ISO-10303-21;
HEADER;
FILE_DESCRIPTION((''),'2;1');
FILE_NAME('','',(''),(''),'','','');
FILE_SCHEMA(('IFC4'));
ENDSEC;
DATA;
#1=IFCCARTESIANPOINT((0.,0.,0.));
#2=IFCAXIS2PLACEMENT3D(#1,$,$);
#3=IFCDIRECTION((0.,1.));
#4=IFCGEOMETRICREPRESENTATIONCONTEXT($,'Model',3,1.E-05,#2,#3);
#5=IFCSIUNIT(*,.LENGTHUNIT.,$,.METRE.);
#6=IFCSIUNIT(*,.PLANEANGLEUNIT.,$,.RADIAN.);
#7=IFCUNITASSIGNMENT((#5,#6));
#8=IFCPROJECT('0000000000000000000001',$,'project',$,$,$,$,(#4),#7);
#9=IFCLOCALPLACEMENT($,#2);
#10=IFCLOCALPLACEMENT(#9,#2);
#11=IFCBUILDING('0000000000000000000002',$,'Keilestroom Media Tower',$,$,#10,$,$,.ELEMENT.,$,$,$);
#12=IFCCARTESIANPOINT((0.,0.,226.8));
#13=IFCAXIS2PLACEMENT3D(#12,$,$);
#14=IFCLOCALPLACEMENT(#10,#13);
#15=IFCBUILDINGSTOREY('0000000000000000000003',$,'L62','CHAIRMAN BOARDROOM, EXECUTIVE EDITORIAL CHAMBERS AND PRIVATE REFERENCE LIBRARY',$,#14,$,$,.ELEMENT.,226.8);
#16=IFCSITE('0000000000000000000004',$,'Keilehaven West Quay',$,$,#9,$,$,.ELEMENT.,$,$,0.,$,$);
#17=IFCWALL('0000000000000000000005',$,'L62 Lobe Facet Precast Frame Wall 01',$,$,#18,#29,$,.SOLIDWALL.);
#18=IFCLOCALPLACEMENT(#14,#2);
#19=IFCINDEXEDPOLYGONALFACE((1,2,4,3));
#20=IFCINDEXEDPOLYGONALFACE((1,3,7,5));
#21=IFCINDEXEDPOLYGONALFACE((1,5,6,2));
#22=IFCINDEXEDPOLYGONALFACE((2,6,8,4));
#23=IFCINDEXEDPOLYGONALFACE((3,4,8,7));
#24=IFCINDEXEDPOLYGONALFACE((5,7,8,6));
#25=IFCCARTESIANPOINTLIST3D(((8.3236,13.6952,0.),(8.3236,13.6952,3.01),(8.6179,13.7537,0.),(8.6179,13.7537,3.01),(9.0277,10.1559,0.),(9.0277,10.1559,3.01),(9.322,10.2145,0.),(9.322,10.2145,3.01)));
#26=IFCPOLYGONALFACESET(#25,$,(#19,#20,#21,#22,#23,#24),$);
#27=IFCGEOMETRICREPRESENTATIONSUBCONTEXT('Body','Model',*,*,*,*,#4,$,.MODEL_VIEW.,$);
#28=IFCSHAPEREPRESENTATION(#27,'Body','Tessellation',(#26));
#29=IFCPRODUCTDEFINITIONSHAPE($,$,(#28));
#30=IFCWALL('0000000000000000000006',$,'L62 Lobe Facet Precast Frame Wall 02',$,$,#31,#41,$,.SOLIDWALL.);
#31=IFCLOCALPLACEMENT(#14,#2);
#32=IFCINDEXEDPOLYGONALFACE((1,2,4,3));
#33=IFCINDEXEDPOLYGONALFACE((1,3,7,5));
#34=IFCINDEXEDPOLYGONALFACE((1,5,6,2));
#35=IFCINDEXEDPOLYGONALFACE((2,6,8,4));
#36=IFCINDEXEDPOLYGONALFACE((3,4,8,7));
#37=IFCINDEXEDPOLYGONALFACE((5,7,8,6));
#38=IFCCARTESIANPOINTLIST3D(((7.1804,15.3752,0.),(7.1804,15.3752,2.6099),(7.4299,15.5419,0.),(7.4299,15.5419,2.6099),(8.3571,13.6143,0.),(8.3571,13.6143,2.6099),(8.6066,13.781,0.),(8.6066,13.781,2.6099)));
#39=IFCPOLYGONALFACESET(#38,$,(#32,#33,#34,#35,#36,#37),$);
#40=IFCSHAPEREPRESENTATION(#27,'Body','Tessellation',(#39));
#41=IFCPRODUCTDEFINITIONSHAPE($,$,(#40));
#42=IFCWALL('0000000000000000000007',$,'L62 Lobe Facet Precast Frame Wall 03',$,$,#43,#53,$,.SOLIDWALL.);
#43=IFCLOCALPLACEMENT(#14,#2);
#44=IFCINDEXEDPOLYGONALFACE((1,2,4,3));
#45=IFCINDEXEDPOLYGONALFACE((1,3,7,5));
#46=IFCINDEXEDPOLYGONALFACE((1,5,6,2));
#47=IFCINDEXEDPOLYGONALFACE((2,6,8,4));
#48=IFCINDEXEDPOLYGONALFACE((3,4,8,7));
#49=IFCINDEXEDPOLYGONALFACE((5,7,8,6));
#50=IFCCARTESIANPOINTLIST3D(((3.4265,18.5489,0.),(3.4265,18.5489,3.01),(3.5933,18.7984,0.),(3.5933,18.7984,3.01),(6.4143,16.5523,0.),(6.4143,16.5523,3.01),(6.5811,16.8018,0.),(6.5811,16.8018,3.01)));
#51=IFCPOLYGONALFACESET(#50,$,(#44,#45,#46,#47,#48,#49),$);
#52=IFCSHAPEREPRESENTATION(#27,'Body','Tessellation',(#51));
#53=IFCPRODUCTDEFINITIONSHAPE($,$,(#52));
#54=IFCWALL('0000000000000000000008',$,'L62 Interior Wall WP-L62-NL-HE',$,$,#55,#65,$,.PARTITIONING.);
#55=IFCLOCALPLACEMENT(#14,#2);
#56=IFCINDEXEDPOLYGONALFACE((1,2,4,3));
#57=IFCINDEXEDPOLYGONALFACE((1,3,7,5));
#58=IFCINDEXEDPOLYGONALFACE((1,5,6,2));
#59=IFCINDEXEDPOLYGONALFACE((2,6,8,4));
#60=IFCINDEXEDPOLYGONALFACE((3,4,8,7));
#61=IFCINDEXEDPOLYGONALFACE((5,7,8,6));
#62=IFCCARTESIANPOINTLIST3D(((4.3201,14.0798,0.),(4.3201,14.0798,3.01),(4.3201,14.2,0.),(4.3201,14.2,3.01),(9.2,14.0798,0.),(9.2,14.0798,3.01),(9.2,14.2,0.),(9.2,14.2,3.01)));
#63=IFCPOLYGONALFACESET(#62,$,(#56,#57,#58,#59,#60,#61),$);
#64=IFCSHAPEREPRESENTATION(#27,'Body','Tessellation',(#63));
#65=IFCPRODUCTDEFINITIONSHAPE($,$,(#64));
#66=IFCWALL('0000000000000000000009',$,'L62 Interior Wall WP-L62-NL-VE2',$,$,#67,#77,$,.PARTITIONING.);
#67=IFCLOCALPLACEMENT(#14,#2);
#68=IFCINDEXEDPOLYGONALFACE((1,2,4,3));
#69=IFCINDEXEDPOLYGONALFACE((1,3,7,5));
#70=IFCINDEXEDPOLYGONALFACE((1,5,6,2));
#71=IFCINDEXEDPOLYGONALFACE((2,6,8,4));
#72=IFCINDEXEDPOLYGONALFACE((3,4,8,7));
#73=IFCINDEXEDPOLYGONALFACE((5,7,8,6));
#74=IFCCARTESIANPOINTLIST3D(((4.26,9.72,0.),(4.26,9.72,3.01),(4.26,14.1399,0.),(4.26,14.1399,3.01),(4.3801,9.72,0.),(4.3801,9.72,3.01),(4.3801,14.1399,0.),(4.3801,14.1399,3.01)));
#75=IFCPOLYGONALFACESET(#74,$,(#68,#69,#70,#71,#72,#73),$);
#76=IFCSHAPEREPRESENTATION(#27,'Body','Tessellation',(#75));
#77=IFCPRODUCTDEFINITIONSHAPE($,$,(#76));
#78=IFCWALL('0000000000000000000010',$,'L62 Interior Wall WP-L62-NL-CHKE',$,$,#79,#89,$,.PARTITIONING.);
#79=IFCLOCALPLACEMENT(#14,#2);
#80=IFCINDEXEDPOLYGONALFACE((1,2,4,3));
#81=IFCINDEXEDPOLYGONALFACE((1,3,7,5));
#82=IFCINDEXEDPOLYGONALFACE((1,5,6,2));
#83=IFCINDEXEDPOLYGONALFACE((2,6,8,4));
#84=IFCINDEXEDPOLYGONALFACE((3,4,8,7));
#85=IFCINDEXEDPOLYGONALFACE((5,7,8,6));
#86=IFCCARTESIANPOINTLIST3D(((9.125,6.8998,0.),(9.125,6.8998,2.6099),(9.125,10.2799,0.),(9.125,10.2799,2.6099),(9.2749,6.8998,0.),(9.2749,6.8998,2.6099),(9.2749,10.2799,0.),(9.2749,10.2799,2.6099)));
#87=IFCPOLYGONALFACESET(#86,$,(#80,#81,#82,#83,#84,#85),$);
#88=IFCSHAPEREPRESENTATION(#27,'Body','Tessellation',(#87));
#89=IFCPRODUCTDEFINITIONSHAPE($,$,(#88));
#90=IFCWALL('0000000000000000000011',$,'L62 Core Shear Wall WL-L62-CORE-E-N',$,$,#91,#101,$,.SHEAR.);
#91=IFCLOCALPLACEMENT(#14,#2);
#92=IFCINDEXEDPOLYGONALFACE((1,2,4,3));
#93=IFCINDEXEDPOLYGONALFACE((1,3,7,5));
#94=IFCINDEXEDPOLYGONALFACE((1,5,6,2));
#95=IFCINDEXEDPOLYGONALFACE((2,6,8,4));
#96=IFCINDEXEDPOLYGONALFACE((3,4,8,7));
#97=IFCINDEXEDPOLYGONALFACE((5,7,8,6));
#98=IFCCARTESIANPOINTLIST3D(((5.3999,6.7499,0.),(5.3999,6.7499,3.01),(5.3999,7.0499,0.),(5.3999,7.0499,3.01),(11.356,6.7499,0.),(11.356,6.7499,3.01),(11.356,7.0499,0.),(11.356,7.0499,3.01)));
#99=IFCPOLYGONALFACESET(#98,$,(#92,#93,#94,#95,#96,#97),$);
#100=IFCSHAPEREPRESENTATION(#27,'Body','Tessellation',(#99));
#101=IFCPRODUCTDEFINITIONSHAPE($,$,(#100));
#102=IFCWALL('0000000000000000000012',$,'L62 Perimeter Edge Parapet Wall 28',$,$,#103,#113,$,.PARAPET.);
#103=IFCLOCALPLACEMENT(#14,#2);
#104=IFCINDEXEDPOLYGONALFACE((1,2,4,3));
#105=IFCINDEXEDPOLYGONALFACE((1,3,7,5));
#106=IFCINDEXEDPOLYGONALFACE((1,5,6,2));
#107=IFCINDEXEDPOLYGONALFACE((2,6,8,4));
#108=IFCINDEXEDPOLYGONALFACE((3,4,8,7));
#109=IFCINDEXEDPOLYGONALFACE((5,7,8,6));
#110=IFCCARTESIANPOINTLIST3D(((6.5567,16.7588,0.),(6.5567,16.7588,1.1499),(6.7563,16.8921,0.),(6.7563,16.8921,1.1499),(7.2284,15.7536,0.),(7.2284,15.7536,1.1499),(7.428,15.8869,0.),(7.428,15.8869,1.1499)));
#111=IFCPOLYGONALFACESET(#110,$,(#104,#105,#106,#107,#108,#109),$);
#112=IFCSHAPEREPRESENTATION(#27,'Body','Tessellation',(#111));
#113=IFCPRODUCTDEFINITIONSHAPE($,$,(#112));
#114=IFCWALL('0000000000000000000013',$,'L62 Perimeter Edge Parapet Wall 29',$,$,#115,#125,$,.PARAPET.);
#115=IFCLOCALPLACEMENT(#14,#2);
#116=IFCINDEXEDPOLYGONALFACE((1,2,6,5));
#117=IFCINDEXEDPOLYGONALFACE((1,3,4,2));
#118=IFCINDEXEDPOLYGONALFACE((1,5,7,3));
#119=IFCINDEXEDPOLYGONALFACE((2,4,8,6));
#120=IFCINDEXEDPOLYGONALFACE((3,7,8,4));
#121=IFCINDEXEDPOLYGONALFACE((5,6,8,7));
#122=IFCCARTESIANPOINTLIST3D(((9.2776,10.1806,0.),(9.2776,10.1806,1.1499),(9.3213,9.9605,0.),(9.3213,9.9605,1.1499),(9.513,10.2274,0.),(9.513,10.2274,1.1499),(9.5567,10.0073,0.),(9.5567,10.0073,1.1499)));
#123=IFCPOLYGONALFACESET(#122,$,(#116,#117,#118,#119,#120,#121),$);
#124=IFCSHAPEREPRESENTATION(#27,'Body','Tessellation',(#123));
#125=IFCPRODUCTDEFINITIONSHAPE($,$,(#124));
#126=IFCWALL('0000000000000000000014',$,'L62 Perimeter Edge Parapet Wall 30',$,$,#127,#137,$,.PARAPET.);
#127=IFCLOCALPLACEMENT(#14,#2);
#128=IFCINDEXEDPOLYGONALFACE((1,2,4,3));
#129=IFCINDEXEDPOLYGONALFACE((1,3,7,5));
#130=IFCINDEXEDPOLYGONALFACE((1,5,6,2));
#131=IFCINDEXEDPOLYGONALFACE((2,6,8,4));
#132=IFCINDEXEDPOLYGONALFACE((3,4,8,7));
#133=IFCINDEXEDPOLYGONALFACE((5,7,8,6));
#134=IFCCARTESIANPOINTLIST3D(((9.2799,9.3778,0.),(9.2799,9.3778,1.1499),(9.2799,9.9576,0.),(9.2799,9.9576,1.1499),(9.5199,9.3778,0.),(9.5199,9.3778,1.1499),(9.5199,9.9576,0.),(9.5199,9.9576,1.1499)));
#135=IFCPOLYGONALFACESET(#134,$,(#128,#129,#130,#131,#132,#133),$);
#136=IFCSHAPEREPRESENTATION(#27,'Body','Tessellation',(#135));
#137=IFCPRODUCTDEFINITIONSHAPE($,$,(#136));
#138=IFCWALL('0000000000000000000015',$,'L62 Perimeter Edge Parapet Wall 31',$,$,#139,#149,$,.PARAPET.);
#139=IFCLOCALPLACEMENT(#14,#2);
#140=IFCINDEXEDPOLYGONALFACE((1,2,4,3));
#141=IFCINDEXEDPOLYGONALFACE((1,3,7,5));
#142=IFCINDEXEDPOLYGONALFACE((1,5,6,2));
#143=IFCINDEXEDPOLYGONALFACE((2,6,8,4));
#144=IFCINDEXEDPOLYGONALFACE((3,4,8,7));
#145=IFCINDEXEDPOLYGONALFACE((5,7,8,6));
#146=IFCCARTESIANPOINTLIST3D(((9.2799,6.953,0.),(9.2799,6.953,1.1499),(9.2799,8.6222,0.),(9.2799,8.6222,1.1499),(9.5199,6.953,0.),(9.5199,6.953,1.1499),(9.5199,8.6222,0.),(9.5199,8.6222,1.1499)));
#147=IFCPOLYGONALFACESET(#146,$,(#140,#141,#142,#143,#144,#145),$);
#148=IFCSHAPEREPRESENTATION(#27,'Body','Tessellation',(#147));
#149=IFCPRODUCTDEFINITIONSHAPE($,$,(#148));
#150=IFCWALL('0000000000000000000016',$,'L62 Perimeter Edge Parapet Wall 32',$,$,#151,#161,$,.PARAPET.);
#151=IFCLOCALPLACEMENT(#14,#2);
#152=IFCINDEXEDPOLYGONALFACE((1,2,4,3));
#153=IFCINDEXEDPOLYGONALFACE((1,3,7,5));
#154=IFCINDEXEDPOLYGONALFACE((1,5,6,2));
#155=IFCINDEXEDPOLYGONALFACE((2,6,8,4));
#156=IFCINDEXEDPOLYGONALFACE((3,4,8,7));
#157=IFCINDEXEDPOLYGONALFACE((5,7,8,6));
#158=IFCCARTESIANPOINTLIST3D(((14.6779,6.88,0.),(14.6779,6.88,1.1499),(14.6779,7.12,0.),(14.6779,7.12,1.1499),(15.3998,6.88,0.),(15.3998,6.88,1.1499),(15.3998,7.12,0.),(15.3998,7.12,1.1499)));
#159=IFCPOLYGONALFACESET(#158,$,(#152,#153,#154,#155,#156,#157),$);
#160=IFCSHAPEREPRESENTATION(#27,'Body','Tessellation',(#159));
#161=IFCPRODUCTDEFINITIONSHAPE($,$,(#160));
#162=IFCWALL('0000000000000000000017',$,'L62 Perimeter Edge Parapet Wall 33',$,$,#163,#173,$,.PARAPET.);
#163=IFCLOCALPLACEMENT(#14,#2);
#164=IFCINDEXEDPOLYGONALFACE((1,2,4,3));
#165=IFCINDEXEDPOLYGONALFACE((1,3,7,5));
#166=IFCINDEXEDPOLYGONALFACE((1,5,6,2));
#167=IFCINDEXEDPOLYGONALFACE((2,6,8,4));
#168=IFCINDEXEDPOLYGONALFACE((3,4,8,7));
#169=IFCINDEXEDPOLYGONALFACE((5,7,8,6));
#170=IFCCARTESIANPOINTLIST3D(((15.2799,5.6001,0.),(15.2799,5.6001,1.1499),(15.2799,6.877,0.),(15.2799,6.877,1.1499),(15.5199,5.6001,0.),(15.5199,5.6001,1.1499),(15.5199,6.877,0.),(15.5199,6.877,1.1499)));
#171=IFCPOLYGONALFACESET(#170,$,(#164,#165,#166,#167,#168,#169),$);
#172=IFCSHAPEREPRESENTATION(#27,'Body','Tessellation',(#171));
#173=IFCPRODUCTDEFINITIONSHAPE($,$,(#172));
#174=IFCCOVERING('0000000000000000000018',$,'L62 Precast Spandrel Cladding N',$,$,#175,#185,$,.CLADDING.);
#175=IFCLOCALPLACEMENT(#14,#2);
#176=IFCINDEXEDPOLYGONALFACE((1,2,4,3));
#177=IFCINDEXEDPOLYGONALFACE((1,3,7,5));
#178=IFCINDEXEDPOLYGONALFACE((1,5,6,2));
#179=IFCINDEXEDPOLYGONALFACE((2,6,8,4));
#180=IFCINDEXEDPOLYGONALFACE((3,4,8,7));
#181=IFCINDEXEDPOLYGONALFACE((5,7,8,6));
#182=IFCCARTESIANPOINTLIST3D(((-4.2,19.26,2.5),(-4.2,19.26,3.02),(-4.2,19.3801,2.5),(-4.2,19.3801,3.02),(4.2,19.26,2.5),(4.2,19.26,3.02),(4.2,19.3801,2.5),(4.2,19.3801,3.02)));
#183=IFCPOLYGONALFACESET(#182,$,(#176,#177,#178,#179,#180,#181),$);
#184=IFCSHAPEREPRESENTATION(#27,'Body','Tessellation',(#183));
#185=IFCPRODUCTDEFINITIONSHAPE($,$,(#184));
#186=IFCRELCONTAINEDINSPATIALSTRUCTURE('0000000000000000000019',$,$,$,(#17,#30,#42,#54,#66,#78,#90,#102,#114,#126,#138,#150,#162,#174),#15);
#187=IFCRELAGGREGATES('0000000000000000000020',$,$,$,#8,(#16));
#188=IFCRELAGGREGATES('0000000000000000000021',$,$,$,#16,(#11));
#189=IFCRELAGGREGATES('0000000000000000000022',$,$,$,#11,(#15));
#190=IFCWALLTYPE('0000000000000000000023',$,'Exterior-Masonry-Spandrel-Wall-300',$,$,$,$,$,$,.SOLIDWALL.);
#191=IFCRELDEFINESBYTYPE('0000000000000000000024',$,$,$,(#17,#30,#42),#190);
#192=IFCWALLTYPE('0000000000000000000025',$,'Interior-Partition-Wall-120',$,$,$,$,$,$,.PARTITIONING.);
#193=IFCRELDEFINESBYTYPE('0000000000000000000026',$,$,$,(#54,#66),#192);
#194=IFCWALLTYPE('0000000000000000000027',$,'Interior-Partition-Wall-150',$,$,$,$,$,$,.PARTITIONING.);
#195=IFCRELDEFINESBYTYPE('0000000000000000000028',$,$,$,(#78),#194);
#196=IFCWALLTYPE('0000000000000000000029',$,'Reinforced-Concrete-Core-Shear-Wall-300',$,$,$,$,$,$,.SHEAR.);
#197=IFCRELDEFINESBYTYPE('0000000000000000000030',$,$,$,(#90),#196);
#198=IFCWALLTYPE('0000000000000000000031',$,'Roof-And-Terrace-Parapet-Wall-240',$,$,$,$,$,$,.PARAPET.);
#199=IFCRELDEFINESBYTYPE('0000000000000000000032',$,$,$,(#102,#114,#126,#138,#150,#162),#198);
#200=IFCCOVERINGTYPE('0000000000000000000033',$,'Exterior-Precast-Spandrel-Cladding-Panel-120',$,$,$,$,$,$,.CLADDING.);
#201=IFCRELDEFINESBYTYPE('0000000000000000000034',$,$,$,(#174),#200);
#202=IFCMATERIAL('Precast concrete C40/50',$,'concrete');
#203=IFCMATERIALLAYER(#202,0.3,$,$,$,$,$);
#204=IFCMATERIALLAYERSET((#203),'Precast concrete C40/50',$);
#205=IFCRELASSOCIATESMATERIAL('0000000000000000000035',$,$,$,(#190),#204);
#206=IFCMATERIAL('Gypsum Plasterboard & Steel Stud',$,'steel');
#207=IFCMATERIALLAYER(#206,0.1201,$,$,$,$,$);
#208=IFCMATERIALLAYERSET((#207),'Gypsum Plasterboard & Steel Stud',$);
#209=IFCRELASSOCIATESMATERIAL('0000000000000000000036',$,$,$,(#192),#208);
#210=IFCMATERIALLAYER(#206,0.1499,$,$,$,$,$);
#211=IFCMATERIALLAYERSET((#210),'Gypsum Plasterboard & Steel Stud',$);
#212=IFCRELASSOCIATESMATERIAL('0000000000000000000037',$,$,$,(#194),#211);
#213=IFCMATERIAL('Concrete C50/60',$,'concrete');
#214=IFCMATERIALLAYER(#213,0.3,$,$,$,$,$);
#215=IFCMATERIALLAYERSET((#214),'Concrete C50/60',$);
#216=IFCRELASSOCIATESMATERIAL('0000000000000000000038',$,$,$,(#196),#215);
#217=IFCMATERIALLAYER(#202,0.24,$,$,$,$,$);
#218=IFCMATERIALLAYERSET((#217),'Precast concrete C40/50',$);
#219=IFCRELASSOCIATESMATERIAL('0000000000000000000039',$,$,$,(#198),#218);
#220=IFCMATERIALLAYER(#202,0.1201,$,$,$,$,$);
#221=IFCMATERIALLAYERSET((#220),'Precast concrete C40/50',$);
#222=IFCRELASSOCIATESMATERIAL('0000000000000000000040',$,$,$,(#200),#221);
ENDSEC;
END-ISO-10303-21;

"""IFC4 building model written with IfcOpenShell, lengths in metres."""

from ifc_helpers import new_model, si_unit, direction, frame, frame_2d, origin, origin_2d, place, context, subcontext, project, spatial, rectangle, extrude, source, transform, mapped, material, layer, layer_set, type_object, element, save


model = new_model("IFC4")

# Units and contexts
model_context = context("Model", 3, precision=1e-05, world=origin(), true_north=direction((0.0, 1.0)))
body_context = subcontext(model_context, "Body", "Model", "MODEL_VIEW")
ifc_project = project(units=[si_unit("LENGTHUNIT", "METRE"), si_unit("PLANEANGLEUNIT", "RADIAN")], contexts=[model_context])

# Site, building, storey
site_placement = place(None, origin())
site = spatial("IfcSite", under=ifc_project, at=site_placement, Name="Keilehaven West Quay", CompositionType="ELEMENT", RefElevation=0.0)
building_placement = place(site_placement, origin())
building = spatial("IfcBuilding", under=site, at=building_placement, Name="Keilestroom Media Tower", CompositionType="ELEMENT")
storey_placement = place(building_placement, frame((0.0, 0.0, 226.8)))
storey = spatial("IfcBuildingStorey", under=building, at=storey_placement, Name="L62", Description="CHAIRMAN BOARDROOM, EXECUTIVE EDITORIAL CHAMBERS AND PRIVATE REFERENCE LIBRARY", CompositionType="ELEMENT", Elevation=226.8)

# Shared definitions
ifc_material_1 = material(Name="Precast concrete C40/50", Category="concrete")
ifc_material_2 = material(Name="Concrete C50/60", Category="concrete")

# Walls
ifc_layer_1 = layer(ifc_material_1, 0.3)
ifc_layer_set_1 = layer_set([ifc_layer_1], Name="Precast concrete C40/50")
wall_type_1 = type_object("IfcWallType", Name="Exterior-Masonry-Spandrel-Wall-300", PredefinedType="SOLIDWALL", material=ifc_layer_set_1)
wall_1_placement = place(storey_placement, frame((9.1748, 10.1853, 0.0), z_axis=(0.0, 0.0, 1.0), x_axis=(-0.195114, 0.980781, 0.0)))
element("IfcWall", 1, at=wall_1_placement, inside=storey, type_object=wall_type_1, Name="L62 Lobe Facet Precast Frame Wall 01", PredefinedType="SOLIDWALL", context=body_context, shape_type="SweptSolid", body=[
    extrude(rectangle(XDim=3.6086, YDim=0.3, at=frame_2d((1.8042, 0.0))), origin(), (0.0, 0.0, 1.0), 3.01),
])
wall_2_placement = place(storey_placement, frame((8.4819, 13.6975, 0.0), z_axis=(0.0, 0.0, 1.0), x_axis=(-0.555604, 0.831447, 0.0)))
element("IfcWall", 2, at=wall_2_placement, inside=storey, type_object=wall_type_1, Name="L62 Lobe Facet Precast Frame Wall 02", PredefinedType="SOLIDWALL", context=body_context, shape_type="SweptSolid", body=[
    extrude(rectangle(XDim=2.1179, YDim=0.3, at=frame_2d((1.0591, 0.0))), origin(), (0.0, 0.0, 1.0), 2.6099),
])
wall_3_placement = place(storey_placement, frame((6.4978, 16.677, 0.0), z_axis=(0.0, 0.0, 1.0), x_axis=(-0.831444, 0.555609, 0.0)))
element("IfcWall", 3, at=wall_3_placement, inside=storey, type_object=wall_type_1, Name="L62 Lobe Facet Precast Frame Wall 03", PredefinedType="SOLIDWALL", context=body_context, shape_type="SweptSolid", body=[
    extrude(rectangle(XDim=3.5935, YDim=0.3, at=frame_2d((1.7969, 0.0))), origin(), (0.0, 0.0, 1.0), 3.01),
])
ifc_material_3 = material(Name="Gypsum Plasterboard & Steel Stud", Category="steel")
ifc_layer_2 = layer(ifc_material_3, 0.1201)
ifc_layer_set_2 = layer_set([ifc_layer_2], Name="Gypsum Plasterboard & Steel Stud")
wall_type_2 = type_object("IfcWallType", Name="Interior-Partition-Wall-120", PredefinedType="PARTITIONING", material=ifc_layer_set_2)
wall_4_placement = place(storey_placement, frame((4.3201, 14.1399, 0.0), z_axis=(0.0, 0.0, 1.0), x_axis=(1.0, 0.0, 0.0)))
element("IfcWall", 4, at=wall_4_placement, inside=storey, type_object=wall_type_2, Name="L62 Interior Wall WP-L62-NL-HE", PredefinedType="PARTITIONING", context=body_context, shape_type="SweptSolid", body=[
    extrude(rectangle(XDim=4.8799, YDim=0.1201, at=frame_2d((2.4399, 0.0))), origin(), (0.0, 0.0, 1.0), 3.01),
])
wall_5_placement = place(storey_placement, frame((4.3201, 9.72, 0.0), z_axis=(0.0, 0.0, 1.0), x_axis=(0.0, 1.0, 0.0)))
element("IfcWall", 5, at=wall_5_placement, inside=storey, type_object=wall_type_2, Name="L62 Interior Wall WP-L62-NL-VE2", PredefinedType="PARTITIONING", context=body_context, shape_type="SweptSolid", body=[
    extrude(rectangle(XDim=4.4199, YDim=0.1201, at=frame_2d((2.21, 0.0))), origin(), (0.0, 0.0, 1.0), 3.01),
])
ifc_layer_3 = layer(ifc_material_3, 0.1499)
ifc_layer_set_3 = layer_set([ifc_layer_3], Name="Gypsum Plasterboard & Steel Stud")
wall_type_3 = type_object("IfcWallType", Name="Interior-Partition-Wall-150", PredefinedType="PARTITIONING", material=ifc_layer_set_3)
wall_6_placement = place(storey_placement, frame((9.2, 6.8999, 0.0), z_axis=(0.0, 0.0, 1.0), x_axis=(0.0, 1.0, 0.0)))
element("IfcWall", 6, at=wall_6_placement, inside=storey, type_object=wall_type_3, Name="L62 Interior Wall WP-L62-NL-CHKE", PredefinedType="PARTITIONING", context=body_context, shape_type="SweptSolid", body=[
    extrude(rectangle(XDim=3.3801, YDim=0.1499, at=frame_2d((1.6899, 0.0))), origin(), (0.0, 0.0, 1.0), 2.6099),
])
ifc_layer_4 = layer(ifc_material_2, 0.3)
ifc_layer_set_4 = layer_set([ifc_layer_4], Name="Concrete C50/60")
wall_type_4 = type_object("IfcWallType", Name="Reinforced-Concrete-Core-Shear-Wall-300", PredefinedType="SHEAR", material=ifc_layer_set_4)
wall_7_placement = place(storey_placement, frame((5.3999, 6.8999, 0.0), z_axis=(0.0, 0.0, 1.0), x_axis=(1.0, 0.0, 0.0)))
element("IfcWall", 7, at=wall_7_placement, inside=storey, type_object=wall_type_4, Name="L62 Core Shear Wall WL-L62-CORE-E-N", PredefinedType="SHEAR", context=body_context, shape_type="SweptSolid", body=[
    extrude(rectangle(XDim=5.9561, YDim=0.3, at=frame_2d((2.978, 0.0))), origin(), (0.0, 0.0, 1.0), 3.01),
])
ifc_layer_5 = layer(ifc_material_1, 0.24)
ifc_layer_set_5 = layer_set([ifc_layer_5], Name="Precast concrete C40/50")
wall_type_5 = type_object("IfcWallType", Name="Roof-And-Terrace-Parapet-Wall-240", PredefinedType="PARAPET", material=ifc_layer_set_5)
wall_8_placement = place(storey_placement, frame((6.6565, 16.8254, 0.0), z_axis=(0.0, 0.0, 1.0), x_axis=(0.555585, -0.831459, 0.0)))
element("IfcWall", 8, at=wall_8_placement, inside=storey, type_object=wall_type_5, Name="L62 Perimeter Edge Parapet Wall 28", PredefinedType="PARAPET", context=body_context, shape_type="SweptSolid", body=[
    extrude(rectangle(XDim=1.209, YDim=0.24, at=frame_2d((0.6045, 0.0))), origin(), (0.0, 0.0, 1.0), 1.1499),
])
wall_9_placement = place(storey_placement, frame((9.3953, 10.2041, 0.0), z_axis=(0.0, 0.0, 1.0), x_axis=(0.19486, -0.980831, 0.0)))
element("IfcWall", 9, at=wall_9_placement, inside=storey, type_object=wall_type_5, Name="L62 Perimeter Edge Parapet Wall 29", PredefinedType="PARAPET", context=body_context, shape_type="SweptSolid", body=[
    extrude(rectangle(XDim=0.2244, YDim=0.24, at=frame_2d((0.1123, 0.0))), origin(), (0.0, 0.0, 1.0), 1.1499),
])
wall_10_placement = place(storey_placement, frame((9.3999, 9.9578, 0.0), z_axis=(0.0, 0.0, 1.0), x_axis=(0.0, -1.0, 0.0)))
element("IfcWall", 10, at=wall_10_placement, inside=storey, type_object=wall_type_5, Name="L62 Perimeter Edge Parapet Wall 30", PredefinedType="PARAPET", context=body_context, shape_type="SweptSolid", body=[
    extrude(rectangle(XDim=0.5798, YDim=0.24, at=frame_2d((0.29, 0.0))), origin(), (0.0, 0.0, 1.0), 1.1499),
])
wall_11_placement = place(storey_placement, frame((9.3999, 8.6221, 0.0), z_axis=(0.0, 0.0, 1.0), x_axis=(0.0, -1.0, 0.0)))
element("IfcWall", 11, at=wall_11_placement, inside=storey, type_object=wall_type_5, Name="L62 Perimeter Edge Parapet Wall 31", PredefinedType="PARAPET", context=body_context, shape_type="SweptSolid", body=[
    extrude(rectangle(XDim=1.6692, YDim=0.24, at=frame_2d((0.8345, 0.0))), origin(), (0.0, 0.0, 1.0), 1.1499),
])
wall_12_placement = place(storey_placement, frame((14.678, 7.0, 0.0), z_axis=(0.0, 0.0, 1.0), x_axis=(1.0, 0.0, 0.0)))
element("IfcWall", 12, at=wall_12_placement, inside=storey, type_object=wall_type_5, Name="L62 Perimeter Edge Parapet Wall 32", PredefinedType="PARAPET", context=body_context, shape_type="SweptSolid", body=[
    extrude(rectangle(XDim=0.7219, YDim=0.24, at=frame_2d((0.3608, 0.0))), origin(), (0.0, 0.0, 1.0), 1.1499),
])
wall_13_placement = place(storey_placement, frame((15.3999, 6.877, 0.0), z_axis=(0.0, 0.0, 1.0), x_axis=(0.0, -1.0, 0.0)))
element("IfcWall", 13, at=wall_13_placement, inside=storey, type_object=wall_type_5, Name="L62 Perimeter Edge Parapet Wall 33", PredefinedType="PARAPET", context=body_context, shape_type="SweptSolid", body=[
    extrude(rectangle(XDim=1.2769, YDim=0.24, at=frame_2d((0.6384, 0.0))), origin(), (0.0, 0.0, 1.0), 1.1499),
])

# Covering
ifc_layer_6 = layer(ifc_material_1, 0.1201)
ifc_layer_set_6 = layer_set([ifc_layer_6], Name="Precast concrete C40/50")
covering_type = type_object("IfcCoveringType", Name="Exterior-Precast-Spandrel-Cladding-Panel-120", PredefinedType="CLADDING", material=ifc_layer_set_6)
shared_shape_1 = source(origin(), body_context, "Body", "SweptSolid", [
    extrude(rectangle(XDim=8.3999, YDim=0.1201, at=origin_2d()), origin(), (0.0, 0.0, 1.0), 0.52),
])
covering_1_placement = place(storey_placement, frame((0.0, 19.3201, 2.5), z_axis=(0.0, 0.0, 1.0), x_axis=(1.0, 0.0, 0.0)))
element("IfcCovering", 14, at=covering_1_placement, inside=storey, type_object=covering_type, Name="L62 Precast Spandrel Cladding N", PredefinedType="CLADDING", context=body_context, shape_type="MappedRepresentation", body=[
    mapped(shared_shape_1, transform((0.0, 0.0, 0.0), x_axis=(1.0, 0.0, 0.0), y_axis=(0.0, 1.0, 0.0), z_axis=(0.0, 0.0, 1.0), scale=1.0)),
])

save(model, "model.ifc")
